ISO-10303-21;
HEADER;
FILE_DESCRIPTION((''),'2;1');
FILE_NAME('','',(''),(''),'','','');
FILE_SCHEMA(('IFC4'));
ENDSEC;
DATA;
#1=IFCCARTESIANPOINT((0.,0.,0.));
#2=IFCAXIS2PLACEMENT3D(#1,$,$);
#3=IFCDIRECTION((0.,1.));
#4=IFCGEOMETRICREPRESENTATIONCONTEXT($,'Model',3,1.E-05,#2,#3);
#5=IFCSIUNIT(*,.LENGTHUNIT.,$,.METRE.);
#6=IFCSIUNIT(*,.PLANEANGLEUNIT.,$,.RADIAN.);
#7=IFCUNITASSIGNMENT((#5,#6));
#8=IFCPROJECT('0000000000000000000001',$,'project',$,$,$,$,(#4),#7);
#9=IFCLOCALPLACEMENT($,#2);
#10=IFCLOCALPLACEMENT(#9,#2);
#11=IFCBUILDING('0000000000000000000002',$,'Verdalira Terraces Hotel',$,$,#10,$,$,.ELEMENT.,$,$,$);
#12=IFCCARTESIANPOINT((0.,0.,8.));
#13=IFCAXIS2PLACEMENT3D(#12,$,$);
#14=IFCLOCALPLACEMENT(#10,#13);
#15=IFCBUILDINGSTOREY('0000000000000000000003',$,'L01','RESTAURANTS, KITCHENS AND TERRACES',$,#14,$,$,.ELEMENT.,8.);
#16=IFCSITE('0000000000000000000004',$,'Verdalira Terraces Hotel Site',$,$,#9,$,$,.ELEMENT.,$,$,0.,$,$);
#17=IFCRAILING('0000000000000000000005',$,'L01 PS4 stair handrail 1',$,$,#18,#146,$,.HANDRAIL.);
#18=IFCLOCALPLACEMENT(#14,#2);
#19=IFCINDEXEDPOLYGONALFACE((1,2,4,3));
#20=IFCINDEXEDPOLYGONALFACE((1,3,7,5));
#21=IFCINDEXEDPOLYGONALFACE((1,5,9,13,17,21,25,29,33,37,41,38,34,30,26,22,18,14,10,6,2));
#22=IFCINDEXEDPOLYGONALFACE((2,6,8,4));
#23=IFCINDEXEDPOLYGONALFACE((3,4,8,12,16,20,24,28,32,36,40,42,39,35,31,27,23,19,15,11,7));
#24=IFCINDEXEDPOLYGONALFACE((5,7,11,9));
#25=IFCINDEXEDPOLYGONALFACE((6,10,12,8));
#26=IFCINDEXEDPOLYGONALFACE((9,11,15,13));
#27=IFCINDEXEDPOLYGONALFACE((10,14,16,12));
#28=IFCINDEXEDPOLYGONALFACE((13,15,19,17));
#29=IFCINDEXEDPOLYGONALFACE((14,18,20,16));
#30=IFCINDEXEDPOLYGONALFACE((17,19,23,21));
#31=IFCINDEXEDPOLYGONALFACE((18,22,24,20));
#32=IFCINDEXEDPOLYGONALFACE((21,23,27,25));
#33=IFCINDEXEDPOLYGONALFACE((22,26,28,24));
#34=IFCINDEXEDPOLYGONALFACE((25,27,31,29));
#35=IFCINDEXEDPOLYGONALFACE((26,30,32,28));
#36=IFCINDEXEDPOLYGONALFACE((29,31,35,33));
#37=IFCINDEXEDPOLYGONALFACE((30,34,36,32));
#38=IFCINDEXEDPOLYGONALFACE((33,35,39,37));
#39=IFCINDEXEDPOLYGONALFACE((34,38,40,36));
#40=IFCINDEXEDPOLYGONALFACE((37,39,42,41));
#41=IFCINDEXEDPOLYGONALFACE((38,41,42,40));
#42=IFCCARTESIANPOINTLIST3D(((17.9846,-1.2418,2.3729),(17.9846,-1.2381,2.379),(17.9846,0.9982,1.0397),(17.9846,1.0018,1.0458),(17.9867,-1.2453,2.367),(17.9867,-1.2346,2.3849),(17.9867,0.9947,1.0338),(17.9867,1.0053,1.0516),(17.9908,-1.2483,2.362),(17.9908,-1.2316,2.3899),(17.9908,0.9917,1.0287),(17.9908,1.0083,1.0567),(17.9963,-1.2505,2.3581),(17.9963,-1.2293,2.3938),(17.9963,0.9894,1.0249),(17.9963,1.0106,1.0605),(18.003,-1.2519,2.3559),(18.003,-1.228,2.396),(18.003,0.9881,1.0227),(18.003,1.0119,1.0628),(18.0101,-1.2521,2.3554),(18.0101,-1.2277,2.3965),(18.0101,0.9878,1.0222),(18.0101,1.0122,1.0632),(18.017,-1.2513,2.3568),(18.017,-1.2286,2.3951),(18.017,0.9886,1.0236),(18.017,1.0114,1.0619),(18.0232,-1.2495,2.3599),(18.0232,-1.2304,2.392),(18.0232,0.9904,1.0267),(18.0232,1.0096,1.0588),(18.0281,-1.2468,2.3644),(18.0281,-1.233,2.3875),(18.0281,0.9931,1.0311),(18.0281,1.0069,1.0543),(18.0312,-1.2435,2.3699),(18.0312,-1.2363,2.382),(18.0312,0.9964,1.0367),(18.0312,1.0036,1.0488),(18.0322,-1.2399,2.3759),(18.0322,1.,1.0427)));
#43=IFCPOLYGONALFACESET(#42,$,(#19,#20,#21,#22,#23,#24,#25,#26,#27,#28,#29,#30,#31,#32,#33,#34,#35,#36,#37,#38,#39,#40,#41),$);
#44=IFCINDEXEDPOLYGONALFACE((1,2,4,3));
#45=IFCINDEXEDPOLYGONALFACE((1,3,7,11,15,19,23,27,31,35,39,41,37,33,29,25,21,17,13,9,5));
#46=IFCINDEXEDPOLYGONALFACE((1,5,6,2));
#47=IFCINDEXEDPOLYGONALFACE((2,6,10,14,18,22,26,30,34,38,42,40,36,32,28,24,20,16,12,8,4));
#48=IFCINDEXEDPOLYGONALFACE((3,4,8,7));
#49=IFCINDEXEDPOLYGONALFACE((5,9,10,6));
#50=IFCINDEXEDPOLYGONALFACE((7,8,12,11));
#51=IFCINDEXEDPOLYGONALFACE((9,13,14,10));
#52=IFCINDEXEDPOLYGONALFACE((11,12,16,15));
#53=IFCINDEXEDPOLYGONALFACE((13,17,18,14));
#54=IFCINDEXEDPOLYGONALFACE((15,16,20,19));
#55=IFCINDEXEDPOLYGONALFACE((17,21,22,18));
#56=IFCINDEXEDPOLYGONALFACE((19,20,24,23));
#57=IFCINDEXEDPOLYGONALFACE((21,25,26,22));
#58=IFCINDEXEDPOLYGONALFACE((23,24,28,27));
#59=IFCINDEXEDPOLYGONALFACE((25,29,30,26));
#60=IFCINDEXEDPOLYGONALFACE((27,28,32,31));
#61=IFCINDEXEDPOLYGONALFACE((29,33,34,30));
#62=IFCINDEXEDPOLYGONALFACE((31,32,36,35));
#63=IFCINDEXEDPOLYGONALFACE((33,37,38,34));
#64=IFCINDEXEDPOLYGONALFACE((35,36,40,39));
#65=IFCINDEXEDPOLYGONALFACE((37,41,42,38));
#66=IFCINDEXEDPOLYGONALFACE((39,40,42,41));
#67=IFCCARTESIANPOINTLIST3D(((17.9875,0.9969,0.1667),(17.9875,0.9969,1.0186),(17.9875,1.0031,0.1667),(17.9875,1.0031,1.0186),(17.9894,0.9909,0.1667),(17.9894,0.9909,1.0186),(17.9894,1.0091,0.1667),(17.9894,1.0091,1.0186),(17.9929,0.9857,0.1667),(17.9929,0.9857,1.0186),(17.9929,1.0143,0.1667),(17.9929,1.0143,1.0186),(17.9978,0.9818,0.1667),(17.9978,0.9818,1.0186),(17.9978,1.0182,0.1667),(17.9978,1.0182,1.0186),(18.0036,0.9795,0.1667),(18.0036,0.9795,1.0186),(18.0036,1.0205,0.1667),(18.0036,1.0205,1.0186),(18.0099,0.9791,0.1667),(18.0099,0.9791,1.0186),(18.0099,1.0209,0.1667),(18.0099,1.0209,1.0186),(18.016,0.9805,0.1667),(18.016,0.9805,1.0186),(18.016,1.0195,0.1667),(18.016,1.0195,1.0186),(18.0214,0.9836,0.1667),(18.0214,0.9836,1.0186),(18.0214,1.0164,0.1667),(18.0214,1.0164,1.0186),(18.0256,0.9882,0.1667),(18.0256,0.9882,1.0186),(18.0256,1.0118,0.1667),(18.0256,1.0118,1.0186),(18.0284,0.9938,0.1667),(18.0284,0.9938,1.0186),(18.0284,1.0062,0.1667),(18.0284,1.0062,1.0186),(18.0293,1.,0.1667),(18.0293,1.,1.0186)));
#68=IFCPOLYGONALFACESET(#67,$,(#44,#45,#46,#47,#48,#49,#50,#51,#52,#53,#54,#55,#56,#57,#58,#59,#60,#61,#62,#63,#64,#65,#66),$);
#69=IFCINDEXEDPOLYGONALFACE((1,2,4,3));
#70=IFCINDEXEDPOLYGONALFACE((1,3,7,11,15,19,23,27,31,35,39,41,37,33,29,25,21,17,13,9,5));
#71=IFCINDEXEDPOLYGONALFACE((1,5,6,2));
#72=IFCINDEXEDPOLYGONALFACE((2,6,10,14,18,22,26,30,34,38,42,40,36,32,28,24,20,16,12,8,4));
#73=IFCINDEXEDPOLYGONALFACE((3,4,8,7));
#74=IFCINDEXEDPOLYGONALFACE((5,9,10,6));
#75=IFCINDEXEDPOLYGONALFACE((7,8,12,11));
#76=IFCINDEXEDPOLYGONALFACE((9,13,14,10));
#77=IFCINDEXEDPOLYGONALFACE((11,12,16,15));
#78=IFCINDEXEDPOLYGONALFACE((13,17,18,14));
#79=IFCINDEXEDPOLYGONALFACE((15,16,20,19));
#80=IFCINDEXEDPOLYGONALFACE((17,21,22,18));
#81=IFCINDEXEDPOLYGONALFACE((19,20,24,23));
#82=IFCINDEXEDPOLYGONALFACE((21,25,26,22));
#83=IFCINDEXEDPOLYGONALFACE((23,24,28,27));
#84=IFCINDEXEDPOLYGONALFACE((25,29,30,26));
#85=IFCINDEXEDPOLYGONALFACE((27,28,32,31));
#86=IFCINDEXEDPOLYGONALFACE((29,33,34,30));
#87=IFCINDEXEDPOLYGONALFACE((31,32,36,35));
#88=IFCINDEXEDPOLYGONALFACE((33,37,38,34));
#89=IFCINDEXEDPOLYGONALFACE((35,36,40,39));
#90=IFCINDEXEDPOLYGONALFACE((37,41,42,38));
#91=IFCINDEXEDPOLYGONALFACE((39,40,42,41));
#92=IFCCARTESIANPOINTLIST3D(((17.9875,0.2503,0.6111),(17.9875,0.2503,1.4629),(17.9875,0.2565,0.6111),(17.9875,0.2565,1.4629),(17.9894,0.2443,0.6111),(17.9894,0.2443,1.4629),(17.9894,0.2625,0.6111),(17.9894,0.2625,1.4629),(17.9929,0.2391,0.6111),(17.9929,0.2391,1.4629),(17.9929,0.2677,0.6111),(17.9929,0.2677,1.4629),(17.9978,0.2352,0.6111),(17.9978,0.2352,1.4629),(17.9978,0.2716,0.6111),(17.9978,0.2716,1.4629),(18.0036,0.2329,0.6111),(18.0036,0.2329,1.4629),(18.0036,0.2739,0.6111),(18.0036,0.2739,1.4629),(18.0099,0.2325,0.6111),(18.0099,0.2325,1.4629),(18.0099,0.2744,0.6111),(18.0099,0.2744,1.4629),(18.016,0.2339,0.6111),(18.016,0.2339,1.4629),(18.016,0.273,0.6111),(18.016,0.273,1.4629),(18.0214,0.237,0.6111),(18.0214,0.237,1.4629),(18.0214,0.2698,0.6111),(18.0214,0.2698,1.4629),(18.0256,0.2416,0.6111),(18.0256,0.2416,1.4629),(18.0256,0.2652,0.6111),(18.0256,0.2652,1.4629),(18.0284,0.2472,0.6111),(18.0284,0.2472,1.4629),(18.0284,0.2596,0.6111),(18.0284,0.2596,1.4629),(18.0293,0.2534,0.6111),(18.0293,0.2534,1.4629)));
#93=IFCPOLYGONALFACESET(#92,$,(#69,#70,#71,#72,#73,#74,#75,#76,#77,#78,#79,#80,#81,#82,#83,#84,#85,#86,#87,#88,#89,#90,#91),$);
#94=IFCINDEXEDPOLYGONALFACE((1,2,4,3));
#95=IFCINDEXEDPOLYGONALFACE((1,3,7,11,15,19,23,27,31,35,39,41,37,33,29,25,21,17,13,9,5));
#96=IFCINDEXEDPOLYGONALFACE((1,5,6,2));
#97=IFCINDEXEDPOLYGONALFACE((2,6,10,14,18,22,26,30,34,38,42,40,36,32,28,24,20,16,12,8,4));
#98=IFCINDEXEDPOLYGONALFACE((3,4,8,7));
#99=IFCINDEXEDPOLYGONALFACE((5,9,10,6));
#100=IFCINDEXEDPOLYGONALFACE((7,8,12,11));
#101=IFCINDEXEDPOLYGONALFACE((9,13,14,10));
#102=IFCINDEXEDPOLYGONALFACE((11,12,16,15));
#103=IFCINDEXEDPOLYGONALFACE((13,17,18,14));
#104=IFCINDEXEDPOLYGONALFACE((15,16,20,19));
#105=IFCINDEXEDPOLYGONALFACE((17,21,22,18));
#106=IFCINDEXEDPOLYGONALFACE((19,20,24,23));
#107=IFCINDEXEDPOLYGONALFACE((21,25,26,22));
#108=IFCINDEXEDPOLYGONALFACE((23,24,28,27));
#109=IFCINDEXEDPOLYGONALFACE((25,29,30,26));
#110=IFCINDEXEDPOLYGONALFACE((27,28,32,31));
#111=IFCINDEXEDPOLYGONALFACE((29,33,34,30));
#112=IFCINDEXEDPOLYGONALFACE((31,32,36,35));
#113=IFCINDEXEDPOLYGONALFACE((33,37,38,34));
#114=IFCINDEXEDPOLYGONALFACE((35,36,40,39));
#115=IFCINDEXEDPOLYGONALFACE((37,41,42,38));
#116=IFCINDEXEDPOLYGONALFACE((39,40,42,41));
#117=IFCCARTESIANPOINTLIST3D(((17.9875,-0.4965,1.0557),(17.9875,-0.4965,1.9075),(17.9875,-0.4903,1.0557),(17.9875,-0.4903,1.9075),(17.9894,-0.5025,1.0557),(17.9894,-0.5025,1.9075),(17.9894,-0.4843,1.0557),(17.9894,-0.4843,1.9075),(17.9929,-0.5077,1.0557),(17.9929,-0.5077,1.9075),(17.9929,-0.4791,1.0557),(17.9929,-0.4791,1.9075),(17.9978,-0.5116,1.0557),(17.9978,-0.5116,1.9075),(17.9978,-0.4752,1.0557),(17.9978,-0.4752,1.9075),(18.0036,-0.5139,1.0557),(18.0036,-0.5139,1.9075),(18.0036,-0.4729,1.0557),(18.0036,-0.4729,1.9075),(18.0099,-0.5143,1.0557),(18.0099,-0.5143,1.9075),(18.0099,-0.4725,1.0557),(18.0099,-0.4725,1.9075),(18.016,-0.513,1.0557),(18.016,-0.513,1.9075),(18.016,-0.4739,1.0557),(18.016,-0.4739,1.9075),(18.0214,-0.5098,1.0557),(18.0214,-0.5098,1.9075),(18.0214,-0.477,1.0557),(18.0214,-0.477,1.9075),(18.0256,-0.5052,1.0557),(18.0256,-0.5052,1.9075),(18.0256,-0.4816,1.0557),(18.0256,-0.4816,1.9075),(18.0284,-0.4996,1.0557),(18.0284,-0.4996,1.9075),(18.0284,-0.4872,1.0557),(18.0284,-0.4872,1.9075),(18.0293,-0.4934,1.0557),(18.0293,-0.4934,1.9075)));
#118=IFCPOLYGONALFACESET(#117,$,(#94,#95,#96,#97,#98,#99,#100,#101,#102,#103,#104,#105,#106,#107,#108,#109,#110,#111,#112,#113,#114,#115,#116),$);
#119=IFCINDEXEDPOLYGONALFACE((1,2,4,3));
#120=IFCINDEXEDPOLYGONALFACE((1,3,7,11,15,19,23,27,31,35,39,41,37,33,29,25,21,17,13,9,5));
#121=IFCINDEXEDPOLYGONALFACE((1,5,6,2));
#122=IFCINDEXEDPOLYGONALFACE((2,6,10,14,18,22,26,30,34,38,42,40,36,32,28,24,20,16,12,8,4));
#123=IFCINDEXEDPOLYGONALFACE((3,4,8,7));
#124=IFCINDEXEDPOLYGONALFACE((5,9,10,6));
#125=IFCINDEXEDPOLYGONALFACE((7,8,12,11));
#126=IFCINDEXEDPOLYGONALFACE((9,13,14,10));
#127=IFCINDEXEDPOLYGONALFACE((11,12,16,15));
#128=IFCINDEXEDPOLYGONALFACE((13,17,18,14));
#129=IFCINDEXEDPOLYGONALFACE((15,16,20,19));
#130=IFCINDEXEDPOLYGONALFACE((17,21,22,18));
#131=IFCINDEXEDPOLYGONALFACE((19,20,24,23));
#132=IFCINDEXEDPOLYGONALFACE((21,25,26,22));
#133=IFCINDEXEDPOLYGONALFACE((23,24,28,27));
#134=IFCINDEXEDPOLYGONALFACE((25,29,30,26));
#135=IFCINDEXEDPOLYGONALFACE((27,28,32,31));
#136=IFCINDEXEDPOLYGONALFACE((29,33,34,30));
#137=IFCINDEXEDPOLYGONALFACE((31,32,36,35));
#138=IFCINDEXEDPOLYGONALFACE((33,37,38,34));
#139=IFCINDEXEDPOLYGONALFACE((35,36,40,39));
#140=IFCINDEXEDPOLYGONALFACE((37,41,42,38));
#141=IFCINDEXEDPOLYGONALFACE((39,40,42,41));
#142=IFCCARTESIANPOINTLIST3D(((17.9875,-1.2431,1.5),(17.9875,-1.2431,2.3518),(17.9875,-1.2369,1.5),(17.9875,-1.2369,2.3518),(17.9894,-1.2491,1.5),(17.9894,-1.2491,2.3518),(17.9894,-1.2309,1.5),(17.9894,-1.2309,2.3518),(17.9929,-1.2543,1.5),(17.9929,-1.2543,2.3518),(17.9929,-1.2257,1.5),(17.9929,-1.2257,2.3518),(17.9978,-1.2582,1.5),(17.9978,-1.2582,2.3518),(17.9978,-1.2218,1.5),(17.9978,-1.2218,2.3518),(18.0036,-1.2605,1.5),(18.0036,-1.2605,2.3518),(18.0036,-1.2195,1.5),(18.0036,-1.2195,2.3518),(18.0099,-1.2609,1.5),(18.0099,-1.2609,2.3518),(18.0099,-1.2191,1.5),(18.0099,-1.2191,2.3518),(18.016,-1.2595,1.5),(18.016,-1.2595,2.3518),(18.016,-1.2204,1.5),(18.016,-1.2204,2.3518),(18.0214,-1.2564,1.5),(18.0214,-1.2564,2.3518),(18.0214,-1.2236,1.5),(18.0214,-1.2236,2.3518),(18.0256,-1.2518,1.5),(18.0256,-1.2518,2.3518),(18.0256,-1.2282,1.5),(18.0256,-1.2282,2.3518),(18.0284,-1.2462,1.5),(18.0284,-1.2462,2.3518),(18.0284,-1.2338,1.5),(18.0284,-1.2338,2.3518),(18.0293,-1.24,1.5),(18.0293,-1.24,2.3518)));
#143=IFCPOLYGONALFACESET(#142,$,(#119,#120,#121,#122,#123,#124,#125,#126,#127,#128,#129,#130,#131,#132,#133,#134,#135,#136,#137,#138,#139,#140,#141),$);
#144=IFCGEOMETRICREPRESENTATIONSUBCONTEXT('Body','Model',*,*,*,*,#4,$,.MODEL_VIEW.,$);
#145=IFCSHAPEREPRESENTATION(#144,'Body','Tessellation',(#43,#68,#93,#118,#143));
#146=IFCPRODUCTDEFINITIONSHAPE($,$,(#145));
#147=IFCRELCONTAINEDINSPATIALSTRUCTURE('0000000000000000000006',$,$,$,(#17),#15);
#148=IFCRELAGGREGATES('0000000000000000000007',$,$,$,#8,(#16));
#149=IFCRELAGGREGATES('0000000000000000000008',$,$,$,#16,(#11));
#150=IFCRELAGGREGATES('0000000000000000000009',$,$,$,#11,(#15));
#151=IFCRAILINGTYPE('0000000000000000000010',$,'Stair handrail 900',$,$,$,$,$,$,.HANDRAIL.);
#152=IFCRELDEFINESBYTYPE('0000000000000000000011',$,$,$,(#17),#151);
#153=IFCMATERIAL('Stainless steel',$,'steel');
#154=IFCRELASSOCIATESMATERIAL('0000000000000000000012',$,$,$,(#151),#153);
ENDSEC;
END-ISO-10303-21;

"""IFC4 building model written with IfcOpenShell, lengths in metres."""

from ifc_helpers import new_model, si_unit, direction, frame, origin, origin_2d, place, context, subcontext, project, spatial, circle, extrude, material, type_object, element, save


model = new_model("IFC4")

# Units and contexts
model_context = context("Model", 3, precision=1e-05, world=origin(), true_north=direction((0.0, 1.0)))
body_context = subcontext(model_context, "Body", "Model", "MODEL_VIEW")
ifc_project = project(units=[si_unit("LENGTHUNIT", "METRE"), si_unit("PLANEANGLEUNIT", "RADIAN")], contexts=[model_context])

# Site, building, storey
site_placement = place(None, origin())
site = spatial("IfcSite", under=ifc_project, at=site_placement, Name="Verdalira Terraces Hotel Site", CompositionType="ELEMENT", RefElevation=0.0)
building_placement = place(site_placement, origin())
building = spatial("IfcBuilding", under=site, at=building_placement, Name="Verdalira Terraces Hotel", CompositionType="ELEMENT")
storey_placement = place(building_placement, frame((0.0, 0.0, 8.0)))
storey = spatial("IfcBuildingStorey", under=building, at=storey_placement, Name="L01", Description="RESTAURANTS, KITCHENS AND TERRACES", CompositionType="ELEMENT", Elevation=8.0)

# Railing
ifc_material_1 = material(Name="Stainless steel", Category="steel")
railing_type_1 = type_object("IfcRailingType", Name="Stair handrail 900", PredefinedType="HANDRAIL", material=ifc_material_1)
for number, where, name in (
    (1, (18.0083, 1.0, 0.1667), "L01 PS4 stair handrail 1"),
):
    element("IfcRailing", number, at=place(storey_placement, frame(where)), inside=storey, type_object=railing_type_1, Name=name, PredefinedType="HANDRAIL", context=body_context, shape_type="SweptSolid", body=[
        extrude(circle(Radius=0.0239, at=origin_2d()), frame((0.0, 0.0, 0.876), z_axis=(0.0, -0.859306, 0.511462), x_axis=(1.0, 0.0, 0.0)), (0.0, 0.0, 1.0), 2.6067),
        extrude(circle(Radius=0.021, at=origin_2d()), origin(), (0.0, 0.0, 1.0), 0.8518),
        extrude(circle(Radius=0.021, at=origin_2d()), frame((0.0, -0.7466, 0.4443)), (0.0, 0.0, 1.0), 0.8518),
        extrude(circle(Radius=0.021, at=origin_2d()), frame((0.0, -1.4934, 0.8889)), (0.0, 0.0, 1.0), 0.8518),
        extrude(circle(Radius=0.021, at=origin_2d()), frame((0.0, -2.24, 1.3333)), (0.0, 0.0, 1.0), 0.8518),
    ])

save(model, "model.ifc")
